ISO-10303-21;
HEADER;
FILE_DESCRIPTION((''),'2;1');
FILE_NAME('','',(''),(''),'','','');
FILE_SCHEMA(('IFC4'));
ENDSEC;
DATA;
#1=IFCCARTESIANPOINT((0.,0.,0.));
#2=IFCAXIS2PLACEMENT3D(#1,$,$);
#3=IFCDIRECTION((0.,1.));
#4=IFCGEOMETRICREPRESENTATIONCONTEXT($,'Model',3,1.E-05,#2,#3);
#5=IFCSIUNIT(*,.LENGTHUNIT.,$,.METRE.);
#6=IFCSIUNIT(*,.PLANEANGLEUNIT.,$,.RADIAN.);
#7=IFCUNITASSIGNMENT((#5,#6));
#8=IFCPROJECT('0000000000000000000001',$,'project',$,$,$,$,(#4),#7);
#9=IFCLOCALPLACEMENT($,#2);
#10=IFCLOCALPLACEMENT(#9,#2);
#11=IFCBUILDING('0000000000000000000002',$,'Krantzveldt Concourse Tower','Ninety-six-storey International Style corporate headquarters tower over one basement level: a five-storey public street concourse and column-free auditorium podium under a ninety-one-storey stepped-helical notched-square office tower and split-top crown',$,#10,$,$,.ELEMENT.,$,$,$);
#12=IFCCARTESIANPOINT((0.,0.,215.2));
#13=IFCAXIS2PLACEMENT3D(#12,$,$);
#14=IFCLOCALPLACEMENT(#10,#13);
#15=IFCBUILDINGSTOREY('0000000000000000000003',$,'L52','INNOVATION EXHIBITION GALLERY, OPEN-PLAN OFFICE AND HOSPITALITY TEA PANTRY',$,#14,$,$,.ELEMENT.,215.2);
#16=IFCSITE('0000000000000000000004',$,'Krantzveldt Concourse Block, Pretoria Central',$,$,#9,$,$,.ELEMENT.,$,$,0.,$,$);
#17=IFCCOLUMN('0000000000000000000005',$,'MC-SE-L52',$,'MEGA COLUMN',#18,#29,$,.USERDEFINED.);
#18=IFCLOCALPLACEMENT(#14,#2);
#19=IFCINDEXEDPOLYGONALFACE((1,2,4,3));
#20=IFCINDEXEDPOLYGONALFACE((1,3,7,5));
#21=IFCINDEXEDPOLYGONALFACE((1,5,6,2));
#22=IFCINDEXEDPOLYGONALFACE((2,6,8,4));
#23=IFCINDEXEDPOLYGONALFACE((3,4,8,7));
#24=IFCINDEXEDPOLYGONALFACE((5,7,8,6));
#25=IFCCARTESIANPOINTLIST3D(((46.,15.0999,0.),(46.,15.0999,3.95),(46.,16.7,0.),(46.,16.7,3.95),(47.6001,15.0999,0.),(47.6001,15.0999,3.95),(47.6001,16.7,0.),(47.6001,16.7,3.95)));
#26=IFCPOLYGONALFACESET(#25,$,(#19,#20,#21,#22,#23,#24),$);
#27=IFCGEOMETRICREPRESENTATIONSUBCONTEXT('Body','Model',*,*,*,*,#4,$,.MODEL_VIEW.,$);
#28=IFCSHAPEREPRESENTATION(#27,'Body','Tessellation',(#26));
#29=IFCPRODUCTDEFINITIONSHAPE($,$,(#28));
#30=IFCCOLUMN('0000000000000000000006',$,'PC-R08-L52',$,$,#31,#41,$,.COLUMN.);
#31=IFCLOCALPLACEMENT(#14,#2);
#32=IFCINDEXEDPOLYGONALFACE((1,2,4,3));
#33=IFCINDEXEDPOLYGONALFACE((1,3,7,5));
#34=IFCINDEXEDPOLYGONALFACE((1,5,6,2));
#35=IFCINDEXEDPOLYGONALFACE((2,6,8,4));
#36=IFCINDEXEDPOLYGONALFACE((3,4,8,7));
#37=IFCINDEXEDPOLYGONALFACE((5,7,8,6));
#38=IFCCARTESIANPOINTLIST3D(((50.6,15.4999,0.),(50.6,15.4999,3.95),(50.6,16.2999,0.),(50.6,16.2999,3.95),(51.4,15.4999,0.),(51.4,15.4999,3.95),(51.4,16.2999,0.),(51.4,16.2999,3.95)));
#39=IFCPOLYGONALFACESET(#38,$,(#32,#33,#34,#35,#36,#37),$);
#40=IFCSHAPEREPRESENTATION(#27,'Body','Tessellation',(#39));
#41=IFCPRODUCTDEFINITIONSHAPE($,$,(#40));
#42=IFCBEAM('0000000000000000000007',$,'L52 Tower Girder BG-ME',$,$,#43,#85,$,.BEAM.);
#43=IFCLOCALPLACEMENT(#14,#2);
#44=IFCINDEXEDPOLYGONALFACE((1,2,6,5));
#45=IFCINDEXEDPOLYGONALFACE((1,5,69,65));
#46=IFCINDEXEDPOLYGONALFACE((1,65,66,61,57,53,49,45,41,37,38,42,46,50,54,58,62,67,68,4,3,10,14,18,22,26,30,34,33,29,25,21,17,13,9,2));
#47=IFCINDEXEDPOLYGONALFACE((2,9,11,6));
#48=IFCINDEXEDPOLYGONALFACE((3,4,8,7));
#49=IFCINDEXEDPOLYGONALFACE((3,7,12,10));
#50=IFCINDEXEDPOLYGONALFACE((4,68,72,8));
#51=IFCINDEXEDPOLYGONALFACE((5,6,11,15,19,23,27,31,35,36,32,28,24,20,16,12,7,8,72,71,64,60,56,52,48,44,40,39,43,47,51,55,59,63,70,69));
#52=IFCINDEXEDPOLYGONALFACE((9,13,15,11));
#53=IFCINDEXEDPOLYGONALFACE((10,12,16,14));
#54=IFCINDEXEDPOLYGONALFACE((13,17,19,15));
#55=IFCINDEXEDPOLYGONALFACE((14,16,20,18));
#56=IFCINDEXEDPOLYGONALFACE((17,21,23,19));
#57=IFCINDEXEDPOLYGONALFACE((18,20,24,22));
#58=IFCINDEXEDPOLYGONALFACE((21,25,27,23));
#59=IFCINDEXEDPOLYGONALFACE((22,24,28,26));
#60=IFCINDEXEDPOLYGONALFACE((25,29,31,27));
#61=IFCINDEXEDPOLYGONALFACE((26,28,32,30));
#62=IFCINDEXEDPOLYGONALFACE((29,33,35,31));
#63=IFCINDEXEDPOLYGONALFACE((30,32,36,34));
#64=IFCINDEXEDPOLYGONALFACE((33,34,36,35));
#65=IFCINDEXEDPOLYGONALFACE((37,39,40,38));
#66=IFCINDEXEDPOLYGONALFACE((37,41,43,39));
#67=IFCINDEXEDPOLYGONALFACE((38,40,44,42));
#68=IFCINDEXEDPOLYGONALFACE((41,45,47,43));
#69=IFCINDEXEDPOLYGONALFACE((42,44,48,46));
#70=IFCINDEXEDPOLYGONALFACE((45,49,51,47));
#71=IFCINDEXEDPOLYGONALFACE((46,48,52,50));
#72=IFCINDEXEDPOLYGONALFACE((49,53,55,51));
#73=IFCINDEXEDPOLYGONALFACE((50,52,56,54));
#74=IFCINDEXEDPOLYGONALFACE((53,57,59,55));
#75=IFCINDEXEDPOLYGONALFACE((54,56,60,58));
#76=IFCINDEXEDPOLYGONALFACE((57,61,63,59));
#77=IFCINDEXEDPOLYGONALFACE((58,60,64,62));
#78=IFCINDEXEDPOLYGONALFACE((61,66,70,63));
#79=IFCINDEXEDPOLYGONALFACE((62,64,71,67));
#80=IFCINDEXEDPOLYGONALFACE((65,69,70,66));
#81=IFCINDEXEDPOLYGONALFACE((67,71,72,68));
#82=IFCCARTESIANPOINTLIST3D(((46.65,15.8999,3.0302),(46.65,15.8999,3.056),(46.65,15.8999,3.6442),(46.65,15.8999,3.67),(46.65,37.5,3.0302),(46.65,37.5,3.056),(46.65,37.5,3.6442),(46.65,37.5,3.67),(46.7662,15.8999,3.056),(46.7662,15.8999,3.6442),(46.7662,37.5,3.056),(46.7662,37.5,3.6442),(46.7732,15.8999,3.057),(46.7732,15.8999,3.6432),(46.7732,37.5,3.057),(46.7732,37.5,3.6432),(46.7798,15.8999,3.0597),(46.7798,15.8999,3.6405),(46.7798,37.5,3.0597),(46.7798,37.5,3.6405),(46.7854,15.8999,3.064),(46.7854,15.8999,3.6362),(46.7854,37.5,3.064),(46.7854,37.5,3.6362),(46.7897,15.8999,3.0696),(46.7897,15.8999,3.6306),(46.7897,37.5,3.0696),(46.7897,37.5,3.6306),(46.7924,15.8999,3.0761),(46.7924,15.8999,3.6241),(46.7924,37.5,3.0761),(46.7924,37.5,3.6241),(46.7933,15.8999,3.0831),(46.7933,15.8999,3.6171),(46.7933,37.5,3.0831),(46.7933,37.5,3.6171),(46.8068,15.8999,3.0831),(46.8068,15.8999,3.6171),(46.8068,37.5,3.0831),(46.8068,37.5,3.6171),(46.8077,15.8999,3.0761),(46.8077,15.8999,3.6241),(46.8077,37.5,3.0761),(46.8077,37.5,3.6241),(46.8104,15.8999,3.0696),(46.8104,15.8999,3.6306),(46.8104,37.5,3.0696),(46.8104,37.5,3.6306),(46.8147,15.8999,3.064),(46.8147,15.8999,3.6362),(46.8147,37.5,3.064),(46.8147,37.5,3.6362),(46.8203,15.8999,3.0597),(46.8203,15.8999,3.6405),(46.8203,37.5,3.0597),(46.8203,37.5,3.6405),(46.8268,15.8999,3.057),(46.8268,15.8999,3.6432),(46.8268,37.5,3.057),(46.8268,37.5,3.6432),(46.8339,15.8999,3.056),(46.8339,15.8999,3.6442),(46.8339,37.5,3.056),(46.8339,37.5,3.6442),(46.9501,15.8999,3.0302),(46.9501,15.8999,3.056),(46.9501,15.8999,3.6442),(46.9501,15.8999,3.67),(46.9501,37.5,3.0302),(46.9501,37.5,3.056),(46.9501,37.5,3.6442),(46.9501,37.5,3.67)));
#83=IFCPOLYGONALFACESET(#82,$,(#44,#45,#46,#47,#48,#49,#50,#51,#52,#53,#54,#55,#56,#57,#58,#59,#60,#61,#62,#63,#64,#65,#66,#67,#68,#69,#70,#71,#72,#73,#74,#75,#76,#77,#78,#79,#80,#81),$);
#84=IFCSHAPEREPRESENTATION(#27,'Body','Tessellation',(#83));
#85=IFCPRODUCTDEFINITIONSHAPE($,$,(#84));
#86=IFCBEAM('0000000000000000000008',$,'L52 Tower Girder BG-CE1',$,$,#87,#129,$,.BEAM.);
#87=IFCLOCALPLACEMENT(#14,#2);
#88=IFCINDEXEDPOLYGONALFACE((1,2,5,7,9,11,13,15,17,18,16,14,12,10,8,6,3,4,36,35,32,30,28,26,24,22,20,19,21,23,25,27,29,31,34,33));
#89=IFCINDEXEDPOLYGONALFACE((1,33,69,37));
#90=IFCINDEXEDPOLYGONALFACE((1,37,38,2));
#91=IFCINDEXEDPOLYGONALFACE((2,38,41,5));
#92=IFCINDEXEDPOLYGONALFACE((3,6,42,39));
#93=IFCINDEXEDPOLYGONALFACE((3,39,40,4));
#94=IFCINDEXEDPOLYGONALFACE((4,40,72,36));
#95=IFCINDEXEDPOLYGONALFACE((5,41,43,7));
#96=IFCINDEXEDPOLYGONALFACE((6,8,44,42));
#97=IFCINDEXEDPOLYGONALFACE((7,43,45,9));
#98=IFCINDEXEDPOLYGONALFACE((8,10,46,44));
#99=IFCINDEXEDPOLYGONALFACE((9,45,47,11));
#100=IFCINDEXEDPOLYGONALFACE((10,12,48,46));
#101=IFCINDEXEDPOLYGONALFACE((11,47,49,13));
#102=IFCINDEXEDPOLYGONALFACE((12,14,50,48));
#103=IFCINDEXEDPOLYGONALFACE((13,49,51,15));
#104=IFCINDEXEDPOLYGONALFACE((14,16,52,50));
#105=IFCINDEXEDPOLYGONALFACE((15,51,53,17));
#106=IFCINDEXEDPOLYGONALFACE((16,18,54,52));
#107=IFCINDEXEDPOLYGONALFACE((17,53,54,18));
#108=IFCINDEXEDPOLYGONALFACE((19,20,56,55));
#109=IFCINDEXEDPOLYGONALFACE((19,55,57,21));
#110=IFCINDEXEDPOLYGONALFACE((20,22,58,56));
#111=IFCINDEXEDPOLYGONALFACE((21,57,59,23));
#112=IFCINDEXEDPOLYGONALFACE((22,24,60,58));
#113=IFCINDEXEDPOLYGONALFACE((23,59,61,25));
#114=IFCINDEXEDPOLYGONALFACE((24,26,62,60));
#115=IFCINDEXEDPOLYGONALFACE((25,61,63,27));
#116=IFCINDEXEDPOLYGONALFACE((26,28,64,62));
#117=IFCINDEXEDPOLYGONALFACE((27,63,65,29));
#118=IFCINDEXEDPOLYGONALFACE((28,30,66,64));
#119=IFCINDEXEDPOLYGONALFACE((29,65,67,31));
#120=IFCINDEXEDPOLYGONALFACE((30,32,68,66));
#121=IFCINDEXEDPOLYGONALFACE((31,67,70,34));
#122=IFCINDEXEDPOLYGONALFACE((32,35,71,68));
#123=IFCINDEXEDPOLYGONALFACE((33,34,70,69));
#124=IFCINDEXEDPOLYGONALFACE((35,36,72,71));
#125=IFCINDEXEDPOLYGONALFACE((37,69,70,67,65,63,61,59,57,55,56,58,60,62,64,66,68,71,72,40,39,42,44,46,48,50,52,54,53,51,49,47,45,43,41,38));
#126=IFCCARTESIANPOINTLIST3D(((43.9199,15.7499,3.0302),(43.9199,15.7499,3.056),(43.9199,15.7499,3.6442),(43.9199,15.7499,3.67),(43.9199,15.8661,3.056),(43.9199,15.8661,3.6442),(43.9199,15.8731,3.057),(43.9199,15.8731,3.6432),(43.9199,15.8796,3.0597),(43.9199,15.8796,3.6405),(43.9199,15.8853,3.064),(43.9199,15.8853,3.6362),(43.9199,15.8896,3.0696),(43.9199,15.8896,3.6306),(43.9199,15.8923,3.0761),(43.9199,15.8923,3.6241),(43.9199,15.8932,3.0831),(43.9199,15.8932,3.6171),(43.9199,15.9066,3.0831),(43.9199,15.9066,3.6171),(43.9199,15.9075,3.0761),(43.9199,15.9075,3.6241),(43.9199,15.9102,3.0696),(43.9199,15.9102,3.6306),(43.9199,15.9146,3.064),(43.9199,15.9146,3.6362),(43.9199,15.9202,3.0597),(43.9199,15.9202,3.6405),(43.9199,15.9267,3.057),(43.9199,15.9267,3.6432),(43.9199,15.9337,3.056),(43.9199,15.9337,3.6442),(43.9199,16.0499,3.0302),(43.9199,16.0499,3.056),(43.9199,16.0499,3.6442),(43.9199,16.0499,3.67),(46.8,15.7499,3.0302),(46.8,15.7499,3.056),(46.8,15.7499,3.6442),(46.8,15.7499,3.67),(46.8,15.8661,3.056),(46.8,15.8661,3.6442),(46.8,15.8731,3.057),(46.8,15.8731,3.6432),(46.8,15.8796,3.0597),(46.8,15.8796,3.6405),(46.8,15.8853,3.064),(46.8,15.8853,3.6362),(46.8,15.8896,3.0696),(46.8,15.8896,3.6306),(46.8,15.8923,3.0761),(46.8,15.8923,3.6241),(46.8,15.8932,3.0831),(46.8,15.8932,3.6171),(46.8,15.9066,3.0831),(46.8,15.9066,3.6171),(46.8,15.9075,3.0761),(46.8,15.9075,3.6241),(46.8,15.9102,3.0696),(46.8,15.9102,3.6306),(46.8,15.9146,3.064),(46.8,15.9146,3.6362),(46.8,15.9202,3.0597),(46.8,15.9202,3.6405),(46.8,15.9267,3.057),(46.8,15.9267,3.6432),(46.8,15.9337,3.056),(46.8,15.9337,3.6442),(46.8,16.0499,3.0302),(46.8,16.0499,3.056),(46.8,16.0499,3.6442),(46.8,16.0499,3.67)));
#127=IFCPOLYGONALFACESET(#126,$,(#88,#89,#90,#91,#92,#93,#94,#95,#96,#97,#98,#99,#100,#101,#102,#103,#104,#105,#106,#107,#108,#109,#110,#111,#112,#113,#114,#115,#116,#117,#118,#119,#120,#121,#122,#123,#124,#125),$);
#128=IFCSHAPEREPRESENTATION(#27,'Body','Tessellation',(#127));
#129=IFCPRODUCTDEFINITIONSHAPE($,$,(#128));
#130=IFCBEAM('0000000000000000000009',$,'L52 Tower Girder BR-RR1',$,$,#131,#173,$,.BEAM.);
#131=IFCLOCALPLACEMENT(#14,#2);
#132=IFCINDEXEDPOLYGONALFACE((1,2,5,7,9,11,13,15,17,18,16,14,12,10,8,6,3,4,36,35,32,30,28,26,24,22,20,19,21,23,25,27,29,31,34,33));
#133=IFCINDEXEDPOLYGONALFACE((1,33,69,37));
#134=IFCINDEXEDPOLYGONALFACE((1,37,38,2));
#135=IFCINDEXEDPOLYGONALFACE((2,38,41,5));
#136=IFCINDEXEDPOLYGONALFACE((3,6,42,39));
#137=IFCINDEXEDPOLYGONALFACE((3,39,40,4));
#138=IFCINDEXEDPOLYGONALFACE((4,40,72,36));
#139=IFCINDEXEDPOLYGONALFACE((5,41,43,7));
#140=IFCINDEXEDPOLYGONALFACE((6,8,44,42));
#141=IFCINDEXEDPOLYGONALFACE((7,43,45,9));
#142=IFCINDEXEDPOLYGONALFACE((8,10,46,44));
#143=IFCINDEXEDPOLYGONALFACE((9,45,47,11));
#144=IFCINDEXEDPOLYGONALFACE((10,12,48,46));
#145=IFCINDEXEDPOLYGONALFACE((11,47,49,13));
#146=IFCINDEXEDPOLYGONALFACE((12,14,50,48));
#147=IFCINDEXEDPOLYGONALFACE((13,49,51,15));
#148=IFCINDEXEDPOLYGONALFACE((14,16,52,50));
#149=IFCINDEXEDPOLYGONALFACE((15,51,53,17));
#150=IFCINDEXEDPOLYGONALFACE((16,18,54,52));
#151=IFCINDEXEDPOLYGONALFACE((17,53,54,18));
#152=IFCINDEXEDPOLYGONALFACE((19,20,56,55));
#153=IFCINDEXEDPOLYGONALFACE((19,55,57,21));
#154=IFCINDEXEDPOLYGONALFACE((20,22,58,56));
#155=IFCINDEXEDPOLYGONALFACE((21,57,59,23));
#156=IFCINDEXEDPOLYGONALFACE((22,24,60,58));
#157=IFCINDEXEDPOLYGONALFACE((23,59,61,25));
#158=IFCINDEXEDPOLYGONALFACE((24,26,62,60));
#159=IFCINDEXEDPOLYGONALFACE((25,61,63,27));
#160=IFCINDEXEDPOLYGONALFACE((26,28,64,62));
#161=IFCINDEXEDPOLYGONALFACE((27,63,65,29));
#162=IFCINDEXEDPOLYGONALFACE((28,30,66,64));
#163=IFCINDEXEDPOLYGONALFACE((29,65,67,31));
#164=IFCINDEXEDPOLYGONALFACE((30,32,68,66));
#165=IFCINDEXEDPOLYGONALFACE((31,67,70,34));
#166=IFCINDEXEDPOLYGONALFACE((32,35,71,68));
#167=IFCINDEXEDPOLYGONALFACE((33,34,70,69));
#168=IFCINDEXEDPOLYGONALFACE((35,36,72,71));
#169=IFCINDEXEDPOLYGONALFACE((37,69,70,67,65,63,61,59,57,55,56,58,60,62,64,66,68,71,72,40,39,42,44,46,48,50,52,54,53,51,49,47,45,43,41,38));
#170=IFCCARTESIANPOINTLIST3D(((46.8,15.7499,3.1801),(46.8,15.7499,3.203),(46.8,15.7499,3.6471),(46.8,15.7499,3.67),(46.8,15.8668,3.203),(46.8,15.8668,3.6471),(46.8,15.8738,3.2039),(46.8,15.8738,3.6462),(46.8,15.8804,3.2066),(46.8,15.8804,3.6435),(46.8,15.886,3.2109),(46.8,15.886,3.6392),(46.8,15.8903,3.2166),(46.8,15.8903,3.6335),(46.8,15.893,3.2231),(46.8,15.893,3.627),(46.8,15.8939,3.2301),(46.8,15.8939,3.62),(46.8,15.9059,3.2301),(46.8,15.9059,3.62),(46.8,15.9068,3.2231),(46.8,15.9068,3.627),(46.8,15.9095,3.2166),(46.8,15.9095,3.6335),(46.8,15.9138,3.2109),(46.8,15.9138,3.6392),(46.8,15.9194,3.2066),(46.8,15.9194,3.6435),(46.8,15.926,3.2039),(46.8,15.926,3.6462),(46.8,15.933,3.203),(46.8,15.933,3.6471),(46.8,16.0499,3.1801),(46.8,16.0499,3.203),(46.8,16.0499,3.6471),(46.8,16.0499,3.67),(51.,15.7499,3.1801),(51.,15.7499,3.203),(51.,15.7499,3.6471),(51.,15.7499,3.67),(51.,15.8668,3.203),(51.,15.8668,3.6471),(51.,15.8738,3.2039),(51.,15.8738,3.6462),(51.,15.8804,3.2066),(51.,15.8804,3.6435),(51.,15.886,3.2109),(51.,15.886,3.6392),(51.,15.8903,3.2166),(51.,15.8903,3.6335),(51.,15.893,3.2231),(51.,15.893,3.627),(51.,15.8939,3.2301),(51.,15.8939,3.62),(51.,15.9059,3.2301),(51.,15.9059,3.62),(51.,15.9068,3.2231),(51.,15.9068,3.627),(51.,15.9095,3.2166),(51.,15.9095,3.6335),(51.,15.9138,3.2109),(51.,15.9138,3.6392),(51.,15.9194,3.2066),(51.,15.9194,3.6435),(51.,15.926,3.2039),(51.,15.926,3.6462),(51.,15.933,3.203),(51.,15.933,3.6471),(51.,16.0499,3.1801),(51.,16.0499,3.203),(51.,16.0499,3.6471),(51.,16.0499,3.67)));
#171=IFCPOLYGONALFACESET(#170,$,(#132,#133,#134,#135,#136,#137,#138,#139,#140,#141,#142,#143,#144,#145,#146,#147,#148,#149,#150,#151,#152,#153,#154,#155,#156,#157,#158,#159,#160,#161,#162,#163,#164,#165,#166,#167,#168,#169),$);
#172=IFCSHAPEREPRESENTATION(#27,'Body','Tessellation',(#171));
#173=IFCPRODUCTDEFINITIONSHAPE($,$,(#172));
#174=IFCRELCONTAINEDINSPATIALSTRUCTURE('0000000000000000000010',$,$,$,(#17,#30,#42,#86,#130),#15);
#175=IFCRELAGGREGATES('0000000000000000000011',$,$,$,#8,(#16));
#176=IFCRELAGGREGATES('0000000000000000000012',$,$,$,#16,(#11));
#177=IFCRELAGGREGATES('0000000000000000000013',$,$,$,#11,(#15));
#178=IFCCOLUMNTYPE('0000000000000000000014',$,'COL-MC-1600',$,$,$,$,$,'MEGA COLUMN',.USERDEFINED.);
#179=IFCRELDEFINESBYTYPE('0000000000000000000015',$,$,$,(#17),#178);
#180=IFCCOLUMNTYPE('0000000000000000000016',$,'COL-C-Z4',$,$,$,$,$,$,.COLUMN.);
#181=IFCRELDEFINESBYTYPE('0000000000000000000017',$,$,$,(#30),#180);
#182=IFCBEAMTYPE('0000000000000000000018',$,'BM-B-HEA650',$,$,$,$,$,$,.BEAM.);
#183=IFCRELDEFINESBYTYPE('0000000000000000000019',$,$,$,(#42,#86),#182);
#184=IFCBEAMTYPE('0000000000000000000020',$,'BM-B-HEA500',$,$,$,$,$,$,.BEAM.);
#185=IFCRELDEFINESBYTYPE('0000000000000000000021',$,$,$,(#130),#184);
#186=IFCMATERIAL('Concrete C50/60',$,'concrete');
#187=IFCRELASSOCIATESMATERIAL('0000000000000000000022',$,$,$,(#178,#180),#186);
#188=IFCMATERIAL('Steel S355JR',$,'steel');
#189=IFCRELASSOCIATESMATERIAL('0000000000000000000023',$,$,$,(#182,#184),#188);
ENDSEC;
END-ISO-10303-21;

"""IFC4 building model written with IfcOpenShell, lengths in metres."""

from ifc_helpers import new_model, si_unit, direction, frame, origin, origin_2d, place, context, subcontext, project, spatial, rectangle, i_section, extrude, source, transform, mapped, material, material_profile, profile_set, type_object, type_shapes, element, save


model = new_model("IFC4")

# Units and contexts
model_context = context("Model", 3, precision=1e-05, world=origin(), true_north=direction((0.0, 1.0)))
body_context = subcontext(model_context, "Body", "Model", "MODEL_VIEW")
ifc_project = project(units=[si_unit("LENGTHUNIT", "METRE"), si_unit("PLANEANGLEUNIT", "RADIAN")], contexts=[model_context])

# Site, building, storey
site_placement = place(None, origin())
site = spatial("IfcSite", under=ifc_project, at=site_placement, Name="Krantzveldt Concourse Block, Pretoria Central", CompositionType="ELEMENT", RefElevation=0.0)
building_placement = place(site_placement, origin())
building = spatial("IfcBuilding", under=site, at=building_placement, Name="Krantzveldt Concourse Tower", Description="Ninety-six-storey International Style corporate headquarters tower over one basement level: a five-storey public street concourse and column-free auditorium podium under a ninety-one-storey stepped-helical notched-square office tower and split-top crown", CompositionType="ELEMENT")
storey_placement = place(building_placement, frame((0.0, 0.0, 215.2)))
storey = spatial("IfcBuildingStorey", under=building, at=storey_placement, Name="L52", Description="INNOVATION EXHIBITION GALLERY, OPEN-PLAN OFFICE AND HOSPITALITY TEA PANTRY", CompositionType="ELEMENT", Elevation=215.2)

# Columns
ifc_material_1 = material(Name="Concrete C50/60", Category="concrete")
ifc_material_profile_1 = material_profile(ifc_material_1, rectangle(XDim=1.6001, YDim=1.6001, at=origin_2d()), Name="Concrete C50/60", Category="concrete")
ifc_profile_set_1 = profile_set([ifc_material_profile_1], Name="Concrete C50/60 - RC 1600x1600")
column_type_1 = type_object("IfcColumnType", Name="COL-MC-1600", ElementType="MEGA COLUMN", PredefinedType="USERDEFINED", material=ifc_profile_set_1)
shared_shape_1 = source(origin(), body_context, "Body", "SweptSolid", [
    extrude(rectangle(XDim=1.6001, YDim=1.6001, at=origin_2d()), origin(), (0.0, 0.0, 1.0), 3.95),
])
type_shapes(column_type_1, [shared_shape_1])
column_1_placement = place(storey_placement, frame((46.8, 15.8999, 0.0), z_axis=(0.0, 0.0, 1.0), x_axis=(1.0, 0.0, 0.0)))
element("IfcColumn", 1, at=column_1_placement, inside=storey, type_object=column_type_1, Name="MC-SE-L52", ObjectType="MEGA COLUMN", PredefinedType="USERDEFINED", context=body_context, shape_type="MappedRepresentation", body=[
    mapped(shared_shape_1, transform((0.0, 0.0, 0.0), x_axis=(1.0, 0.0, 0.0), y_axis=(0.0, 1.0, 0.0), z_axis=(0.0, 0.0, 1.0), scale=1.0)),
])
ifc_material_profile_2 = material_profile(ifc_material_1, rectangle(XDim=0.8, YDim=0.8, at=origin_2d()), Name="Concrete C50/60", Category="concrete")
ifc_profile_set_2 = profile_set([ifc_material_profile_2], Name="Concrete C50/60 - RC 800x800")
column_type_2 = type_object("IfcColumnType", Name="COL-C-Z4", PredefinedType="COLUMN", material=ifc_profile_set_2)
shared_shape_2 = source(origin(), body_context, "Body", "SweptSolid", [
    extrude(rectangle(XDim=0.8, YDim=0.8, at=origin_2d()), origin(), (0.0, 0.0, 1.0), 3.95),
])
type_shapes(column_type_2, [shared_shape_2])
column_2_placement = place(storey_placement, frame((51.0, 15.8999, 0.0), z_axis=(0.0, 0.0, 1.0), x_axis=(1.0, 0.0, 0.0)))
element("IfcColumn", 2, at=column_2_placement, inside=storey, type_object=column_type_2, Name="PC-R08-L52", PredefinedType="COLUMN", context=body_context, shape_type="MappedRepresentation", body=[
    mapped(shared_shape_2, transform((0.0, 0.0, 0.0), x_axis=(1.0, 0.0, 0.0), y_axis=(0.0, 1.0, 0.0), z_axis=(0.0, 0.0, 1.0), scale=1.0)),
])

# Beams
ifc_material_2 = material(Name="Steel S355JR", Category="steel")
ifc_material_profile_3 = material_profile(ifc_material_2, i_section(OverallWidth=0.3, OverallDepth=0.6399, WebThickness=0.0134, FlangeThickness=0.0259, FilletRadius=0.0271, at=origin_2d()), Name="Steel S355JR", Category="steel")
ifc_profile_set_3 = profile_set([ifc_material_profile_3], Name="Steel S355JR - HEA 650")
beam_type_1 = type_object("IfcBeamType", Name="BM-B-HEA650", PredefinedType="BEAM", material=ifc_profile_set_3)
shared_shape_3 = source(origin(), body_context, "Body", "SweptSolid", [
    extrude(i_section(OverallWidth=0.3, OverallDepth=0.6399, WebThickness=0.0134, FlangeThickness=0.0259, FilletRadius=0.0271, at=origin_2d()), origin(), (0.0, 0.0, 1.0), 21.6001),
])
beam_1_placement = place(storey_placement, frame((46.8, 15.8999, 3.3501), z_axis=(0.0, 1.0, 0.0), x_axis=(-1.0, 0.0, 0.0)))
element("IfcBeam", 3, at=beam_1_placement, inside=storey, type_object=beam_type_1, Name="L52 Tower Girder BG-ME", PredefinedType="BEAM", context=body_context, shape_type="MappedRepresentation", body=[
    mapped(shared_shape_3, transform((0.0, 0.0, 0.0), x_axis=(1.0, 0.0, 0.0), y_axis=(0.0, 1.0, 0.0), z_axis=(0.0, 0.0, 1.0), scale=1.0)),
])
shared_shape_4 = source(origin(), body_context, "Body", "SweptSolid", [
    extrude(i_section(OverallWidth=0.3, OverallDepth=0.6399, WebThickness=0.0134, FlangeThickness=0.0259, FilletRadius=0.0271, at=origin_2d()), origin(), (0.0, 0.0, 1.0), 2.8801),
])
type_shapes(beam_type_1, [shared_shape_3, shared_shape_4])
beam_2_placement = place(storey_placement, frame((43.9199, 15.8999, 3.3501), z_axis=(1.0, 0.0, 0.0), x_axis=(0.0, 1.0, 0.0)))
element("IfcBeam", 4, at=beam_2_placement, inside=storey, type_object=beam_type_1, Name="L52 Tower Girder BG-CE1", PredefinedType="BEAM", context=body_context, shape_type="MappedRepresentation", body=[
    mapped(shared_shape_4, transform((0.0, 0.0, 0.0), x_axis=(1.0, 0.0, 0.0), y_axis=(0.0, 1.0, 0.0), z_axis=(0.0, 0.0, 1.0), scale=1.0)),
])
ifc_material_profile_4 = material_profile(ifc_material_2, i_section(OverallWidth=0.3, OverallDepth=0.49, WebThickness=0.012, FlangeThickness=0.0229, FilletRadius=0.0271, at=origin_2d()), Name="Steel S355JR", Category="steel")
ifc_profile_set_4 = profile_set([ifc_material_profile_4], Name="Steel S355JR - HEA 500")
beam_type_2 = type_object("IfcBeamType", Name="BM-B-HEA500", PredefinedType="BEAM", material=ifc_profile_set_4)
shared_shape_5 = source(origin(), body_context, "Body", "SweptSolid", [
    extrude(i_section(OverallWidth=0.3, OverallDepth=0.49, WebThickness=0.012, FlangeThickness=0.0229, FilletRadius=0.0271, at=origin_2d()), origin(), (0.0, 0.0, 1.0), 4.2),
])
beam_3_placement = place(storey_placement, frame((46.8, 15.8999, 3.425), z_axis=(1.0, 0.0, 0.0), x_axis=(0.0, 1.0, 0.0)))
element("IfcBeam", 5, at=beam_3_placement, inside=storey, type_object=beam_type_2, Name="L52 Tower Girder BR-RR1", PredefinedType="BEAM", context=body_context, shape_type="MappedRepresentation", body=[
    mapped(shared_shape_5, transform((0.0, 0.0, 0.0), x_axis=(1.0, 0.0, 0.0), y_axis=(0.0, 1.0, 0.0), z_axis=(0.0, 0.0, 1.0), scale=1.0)),
])

save(model, "model.ifc")
